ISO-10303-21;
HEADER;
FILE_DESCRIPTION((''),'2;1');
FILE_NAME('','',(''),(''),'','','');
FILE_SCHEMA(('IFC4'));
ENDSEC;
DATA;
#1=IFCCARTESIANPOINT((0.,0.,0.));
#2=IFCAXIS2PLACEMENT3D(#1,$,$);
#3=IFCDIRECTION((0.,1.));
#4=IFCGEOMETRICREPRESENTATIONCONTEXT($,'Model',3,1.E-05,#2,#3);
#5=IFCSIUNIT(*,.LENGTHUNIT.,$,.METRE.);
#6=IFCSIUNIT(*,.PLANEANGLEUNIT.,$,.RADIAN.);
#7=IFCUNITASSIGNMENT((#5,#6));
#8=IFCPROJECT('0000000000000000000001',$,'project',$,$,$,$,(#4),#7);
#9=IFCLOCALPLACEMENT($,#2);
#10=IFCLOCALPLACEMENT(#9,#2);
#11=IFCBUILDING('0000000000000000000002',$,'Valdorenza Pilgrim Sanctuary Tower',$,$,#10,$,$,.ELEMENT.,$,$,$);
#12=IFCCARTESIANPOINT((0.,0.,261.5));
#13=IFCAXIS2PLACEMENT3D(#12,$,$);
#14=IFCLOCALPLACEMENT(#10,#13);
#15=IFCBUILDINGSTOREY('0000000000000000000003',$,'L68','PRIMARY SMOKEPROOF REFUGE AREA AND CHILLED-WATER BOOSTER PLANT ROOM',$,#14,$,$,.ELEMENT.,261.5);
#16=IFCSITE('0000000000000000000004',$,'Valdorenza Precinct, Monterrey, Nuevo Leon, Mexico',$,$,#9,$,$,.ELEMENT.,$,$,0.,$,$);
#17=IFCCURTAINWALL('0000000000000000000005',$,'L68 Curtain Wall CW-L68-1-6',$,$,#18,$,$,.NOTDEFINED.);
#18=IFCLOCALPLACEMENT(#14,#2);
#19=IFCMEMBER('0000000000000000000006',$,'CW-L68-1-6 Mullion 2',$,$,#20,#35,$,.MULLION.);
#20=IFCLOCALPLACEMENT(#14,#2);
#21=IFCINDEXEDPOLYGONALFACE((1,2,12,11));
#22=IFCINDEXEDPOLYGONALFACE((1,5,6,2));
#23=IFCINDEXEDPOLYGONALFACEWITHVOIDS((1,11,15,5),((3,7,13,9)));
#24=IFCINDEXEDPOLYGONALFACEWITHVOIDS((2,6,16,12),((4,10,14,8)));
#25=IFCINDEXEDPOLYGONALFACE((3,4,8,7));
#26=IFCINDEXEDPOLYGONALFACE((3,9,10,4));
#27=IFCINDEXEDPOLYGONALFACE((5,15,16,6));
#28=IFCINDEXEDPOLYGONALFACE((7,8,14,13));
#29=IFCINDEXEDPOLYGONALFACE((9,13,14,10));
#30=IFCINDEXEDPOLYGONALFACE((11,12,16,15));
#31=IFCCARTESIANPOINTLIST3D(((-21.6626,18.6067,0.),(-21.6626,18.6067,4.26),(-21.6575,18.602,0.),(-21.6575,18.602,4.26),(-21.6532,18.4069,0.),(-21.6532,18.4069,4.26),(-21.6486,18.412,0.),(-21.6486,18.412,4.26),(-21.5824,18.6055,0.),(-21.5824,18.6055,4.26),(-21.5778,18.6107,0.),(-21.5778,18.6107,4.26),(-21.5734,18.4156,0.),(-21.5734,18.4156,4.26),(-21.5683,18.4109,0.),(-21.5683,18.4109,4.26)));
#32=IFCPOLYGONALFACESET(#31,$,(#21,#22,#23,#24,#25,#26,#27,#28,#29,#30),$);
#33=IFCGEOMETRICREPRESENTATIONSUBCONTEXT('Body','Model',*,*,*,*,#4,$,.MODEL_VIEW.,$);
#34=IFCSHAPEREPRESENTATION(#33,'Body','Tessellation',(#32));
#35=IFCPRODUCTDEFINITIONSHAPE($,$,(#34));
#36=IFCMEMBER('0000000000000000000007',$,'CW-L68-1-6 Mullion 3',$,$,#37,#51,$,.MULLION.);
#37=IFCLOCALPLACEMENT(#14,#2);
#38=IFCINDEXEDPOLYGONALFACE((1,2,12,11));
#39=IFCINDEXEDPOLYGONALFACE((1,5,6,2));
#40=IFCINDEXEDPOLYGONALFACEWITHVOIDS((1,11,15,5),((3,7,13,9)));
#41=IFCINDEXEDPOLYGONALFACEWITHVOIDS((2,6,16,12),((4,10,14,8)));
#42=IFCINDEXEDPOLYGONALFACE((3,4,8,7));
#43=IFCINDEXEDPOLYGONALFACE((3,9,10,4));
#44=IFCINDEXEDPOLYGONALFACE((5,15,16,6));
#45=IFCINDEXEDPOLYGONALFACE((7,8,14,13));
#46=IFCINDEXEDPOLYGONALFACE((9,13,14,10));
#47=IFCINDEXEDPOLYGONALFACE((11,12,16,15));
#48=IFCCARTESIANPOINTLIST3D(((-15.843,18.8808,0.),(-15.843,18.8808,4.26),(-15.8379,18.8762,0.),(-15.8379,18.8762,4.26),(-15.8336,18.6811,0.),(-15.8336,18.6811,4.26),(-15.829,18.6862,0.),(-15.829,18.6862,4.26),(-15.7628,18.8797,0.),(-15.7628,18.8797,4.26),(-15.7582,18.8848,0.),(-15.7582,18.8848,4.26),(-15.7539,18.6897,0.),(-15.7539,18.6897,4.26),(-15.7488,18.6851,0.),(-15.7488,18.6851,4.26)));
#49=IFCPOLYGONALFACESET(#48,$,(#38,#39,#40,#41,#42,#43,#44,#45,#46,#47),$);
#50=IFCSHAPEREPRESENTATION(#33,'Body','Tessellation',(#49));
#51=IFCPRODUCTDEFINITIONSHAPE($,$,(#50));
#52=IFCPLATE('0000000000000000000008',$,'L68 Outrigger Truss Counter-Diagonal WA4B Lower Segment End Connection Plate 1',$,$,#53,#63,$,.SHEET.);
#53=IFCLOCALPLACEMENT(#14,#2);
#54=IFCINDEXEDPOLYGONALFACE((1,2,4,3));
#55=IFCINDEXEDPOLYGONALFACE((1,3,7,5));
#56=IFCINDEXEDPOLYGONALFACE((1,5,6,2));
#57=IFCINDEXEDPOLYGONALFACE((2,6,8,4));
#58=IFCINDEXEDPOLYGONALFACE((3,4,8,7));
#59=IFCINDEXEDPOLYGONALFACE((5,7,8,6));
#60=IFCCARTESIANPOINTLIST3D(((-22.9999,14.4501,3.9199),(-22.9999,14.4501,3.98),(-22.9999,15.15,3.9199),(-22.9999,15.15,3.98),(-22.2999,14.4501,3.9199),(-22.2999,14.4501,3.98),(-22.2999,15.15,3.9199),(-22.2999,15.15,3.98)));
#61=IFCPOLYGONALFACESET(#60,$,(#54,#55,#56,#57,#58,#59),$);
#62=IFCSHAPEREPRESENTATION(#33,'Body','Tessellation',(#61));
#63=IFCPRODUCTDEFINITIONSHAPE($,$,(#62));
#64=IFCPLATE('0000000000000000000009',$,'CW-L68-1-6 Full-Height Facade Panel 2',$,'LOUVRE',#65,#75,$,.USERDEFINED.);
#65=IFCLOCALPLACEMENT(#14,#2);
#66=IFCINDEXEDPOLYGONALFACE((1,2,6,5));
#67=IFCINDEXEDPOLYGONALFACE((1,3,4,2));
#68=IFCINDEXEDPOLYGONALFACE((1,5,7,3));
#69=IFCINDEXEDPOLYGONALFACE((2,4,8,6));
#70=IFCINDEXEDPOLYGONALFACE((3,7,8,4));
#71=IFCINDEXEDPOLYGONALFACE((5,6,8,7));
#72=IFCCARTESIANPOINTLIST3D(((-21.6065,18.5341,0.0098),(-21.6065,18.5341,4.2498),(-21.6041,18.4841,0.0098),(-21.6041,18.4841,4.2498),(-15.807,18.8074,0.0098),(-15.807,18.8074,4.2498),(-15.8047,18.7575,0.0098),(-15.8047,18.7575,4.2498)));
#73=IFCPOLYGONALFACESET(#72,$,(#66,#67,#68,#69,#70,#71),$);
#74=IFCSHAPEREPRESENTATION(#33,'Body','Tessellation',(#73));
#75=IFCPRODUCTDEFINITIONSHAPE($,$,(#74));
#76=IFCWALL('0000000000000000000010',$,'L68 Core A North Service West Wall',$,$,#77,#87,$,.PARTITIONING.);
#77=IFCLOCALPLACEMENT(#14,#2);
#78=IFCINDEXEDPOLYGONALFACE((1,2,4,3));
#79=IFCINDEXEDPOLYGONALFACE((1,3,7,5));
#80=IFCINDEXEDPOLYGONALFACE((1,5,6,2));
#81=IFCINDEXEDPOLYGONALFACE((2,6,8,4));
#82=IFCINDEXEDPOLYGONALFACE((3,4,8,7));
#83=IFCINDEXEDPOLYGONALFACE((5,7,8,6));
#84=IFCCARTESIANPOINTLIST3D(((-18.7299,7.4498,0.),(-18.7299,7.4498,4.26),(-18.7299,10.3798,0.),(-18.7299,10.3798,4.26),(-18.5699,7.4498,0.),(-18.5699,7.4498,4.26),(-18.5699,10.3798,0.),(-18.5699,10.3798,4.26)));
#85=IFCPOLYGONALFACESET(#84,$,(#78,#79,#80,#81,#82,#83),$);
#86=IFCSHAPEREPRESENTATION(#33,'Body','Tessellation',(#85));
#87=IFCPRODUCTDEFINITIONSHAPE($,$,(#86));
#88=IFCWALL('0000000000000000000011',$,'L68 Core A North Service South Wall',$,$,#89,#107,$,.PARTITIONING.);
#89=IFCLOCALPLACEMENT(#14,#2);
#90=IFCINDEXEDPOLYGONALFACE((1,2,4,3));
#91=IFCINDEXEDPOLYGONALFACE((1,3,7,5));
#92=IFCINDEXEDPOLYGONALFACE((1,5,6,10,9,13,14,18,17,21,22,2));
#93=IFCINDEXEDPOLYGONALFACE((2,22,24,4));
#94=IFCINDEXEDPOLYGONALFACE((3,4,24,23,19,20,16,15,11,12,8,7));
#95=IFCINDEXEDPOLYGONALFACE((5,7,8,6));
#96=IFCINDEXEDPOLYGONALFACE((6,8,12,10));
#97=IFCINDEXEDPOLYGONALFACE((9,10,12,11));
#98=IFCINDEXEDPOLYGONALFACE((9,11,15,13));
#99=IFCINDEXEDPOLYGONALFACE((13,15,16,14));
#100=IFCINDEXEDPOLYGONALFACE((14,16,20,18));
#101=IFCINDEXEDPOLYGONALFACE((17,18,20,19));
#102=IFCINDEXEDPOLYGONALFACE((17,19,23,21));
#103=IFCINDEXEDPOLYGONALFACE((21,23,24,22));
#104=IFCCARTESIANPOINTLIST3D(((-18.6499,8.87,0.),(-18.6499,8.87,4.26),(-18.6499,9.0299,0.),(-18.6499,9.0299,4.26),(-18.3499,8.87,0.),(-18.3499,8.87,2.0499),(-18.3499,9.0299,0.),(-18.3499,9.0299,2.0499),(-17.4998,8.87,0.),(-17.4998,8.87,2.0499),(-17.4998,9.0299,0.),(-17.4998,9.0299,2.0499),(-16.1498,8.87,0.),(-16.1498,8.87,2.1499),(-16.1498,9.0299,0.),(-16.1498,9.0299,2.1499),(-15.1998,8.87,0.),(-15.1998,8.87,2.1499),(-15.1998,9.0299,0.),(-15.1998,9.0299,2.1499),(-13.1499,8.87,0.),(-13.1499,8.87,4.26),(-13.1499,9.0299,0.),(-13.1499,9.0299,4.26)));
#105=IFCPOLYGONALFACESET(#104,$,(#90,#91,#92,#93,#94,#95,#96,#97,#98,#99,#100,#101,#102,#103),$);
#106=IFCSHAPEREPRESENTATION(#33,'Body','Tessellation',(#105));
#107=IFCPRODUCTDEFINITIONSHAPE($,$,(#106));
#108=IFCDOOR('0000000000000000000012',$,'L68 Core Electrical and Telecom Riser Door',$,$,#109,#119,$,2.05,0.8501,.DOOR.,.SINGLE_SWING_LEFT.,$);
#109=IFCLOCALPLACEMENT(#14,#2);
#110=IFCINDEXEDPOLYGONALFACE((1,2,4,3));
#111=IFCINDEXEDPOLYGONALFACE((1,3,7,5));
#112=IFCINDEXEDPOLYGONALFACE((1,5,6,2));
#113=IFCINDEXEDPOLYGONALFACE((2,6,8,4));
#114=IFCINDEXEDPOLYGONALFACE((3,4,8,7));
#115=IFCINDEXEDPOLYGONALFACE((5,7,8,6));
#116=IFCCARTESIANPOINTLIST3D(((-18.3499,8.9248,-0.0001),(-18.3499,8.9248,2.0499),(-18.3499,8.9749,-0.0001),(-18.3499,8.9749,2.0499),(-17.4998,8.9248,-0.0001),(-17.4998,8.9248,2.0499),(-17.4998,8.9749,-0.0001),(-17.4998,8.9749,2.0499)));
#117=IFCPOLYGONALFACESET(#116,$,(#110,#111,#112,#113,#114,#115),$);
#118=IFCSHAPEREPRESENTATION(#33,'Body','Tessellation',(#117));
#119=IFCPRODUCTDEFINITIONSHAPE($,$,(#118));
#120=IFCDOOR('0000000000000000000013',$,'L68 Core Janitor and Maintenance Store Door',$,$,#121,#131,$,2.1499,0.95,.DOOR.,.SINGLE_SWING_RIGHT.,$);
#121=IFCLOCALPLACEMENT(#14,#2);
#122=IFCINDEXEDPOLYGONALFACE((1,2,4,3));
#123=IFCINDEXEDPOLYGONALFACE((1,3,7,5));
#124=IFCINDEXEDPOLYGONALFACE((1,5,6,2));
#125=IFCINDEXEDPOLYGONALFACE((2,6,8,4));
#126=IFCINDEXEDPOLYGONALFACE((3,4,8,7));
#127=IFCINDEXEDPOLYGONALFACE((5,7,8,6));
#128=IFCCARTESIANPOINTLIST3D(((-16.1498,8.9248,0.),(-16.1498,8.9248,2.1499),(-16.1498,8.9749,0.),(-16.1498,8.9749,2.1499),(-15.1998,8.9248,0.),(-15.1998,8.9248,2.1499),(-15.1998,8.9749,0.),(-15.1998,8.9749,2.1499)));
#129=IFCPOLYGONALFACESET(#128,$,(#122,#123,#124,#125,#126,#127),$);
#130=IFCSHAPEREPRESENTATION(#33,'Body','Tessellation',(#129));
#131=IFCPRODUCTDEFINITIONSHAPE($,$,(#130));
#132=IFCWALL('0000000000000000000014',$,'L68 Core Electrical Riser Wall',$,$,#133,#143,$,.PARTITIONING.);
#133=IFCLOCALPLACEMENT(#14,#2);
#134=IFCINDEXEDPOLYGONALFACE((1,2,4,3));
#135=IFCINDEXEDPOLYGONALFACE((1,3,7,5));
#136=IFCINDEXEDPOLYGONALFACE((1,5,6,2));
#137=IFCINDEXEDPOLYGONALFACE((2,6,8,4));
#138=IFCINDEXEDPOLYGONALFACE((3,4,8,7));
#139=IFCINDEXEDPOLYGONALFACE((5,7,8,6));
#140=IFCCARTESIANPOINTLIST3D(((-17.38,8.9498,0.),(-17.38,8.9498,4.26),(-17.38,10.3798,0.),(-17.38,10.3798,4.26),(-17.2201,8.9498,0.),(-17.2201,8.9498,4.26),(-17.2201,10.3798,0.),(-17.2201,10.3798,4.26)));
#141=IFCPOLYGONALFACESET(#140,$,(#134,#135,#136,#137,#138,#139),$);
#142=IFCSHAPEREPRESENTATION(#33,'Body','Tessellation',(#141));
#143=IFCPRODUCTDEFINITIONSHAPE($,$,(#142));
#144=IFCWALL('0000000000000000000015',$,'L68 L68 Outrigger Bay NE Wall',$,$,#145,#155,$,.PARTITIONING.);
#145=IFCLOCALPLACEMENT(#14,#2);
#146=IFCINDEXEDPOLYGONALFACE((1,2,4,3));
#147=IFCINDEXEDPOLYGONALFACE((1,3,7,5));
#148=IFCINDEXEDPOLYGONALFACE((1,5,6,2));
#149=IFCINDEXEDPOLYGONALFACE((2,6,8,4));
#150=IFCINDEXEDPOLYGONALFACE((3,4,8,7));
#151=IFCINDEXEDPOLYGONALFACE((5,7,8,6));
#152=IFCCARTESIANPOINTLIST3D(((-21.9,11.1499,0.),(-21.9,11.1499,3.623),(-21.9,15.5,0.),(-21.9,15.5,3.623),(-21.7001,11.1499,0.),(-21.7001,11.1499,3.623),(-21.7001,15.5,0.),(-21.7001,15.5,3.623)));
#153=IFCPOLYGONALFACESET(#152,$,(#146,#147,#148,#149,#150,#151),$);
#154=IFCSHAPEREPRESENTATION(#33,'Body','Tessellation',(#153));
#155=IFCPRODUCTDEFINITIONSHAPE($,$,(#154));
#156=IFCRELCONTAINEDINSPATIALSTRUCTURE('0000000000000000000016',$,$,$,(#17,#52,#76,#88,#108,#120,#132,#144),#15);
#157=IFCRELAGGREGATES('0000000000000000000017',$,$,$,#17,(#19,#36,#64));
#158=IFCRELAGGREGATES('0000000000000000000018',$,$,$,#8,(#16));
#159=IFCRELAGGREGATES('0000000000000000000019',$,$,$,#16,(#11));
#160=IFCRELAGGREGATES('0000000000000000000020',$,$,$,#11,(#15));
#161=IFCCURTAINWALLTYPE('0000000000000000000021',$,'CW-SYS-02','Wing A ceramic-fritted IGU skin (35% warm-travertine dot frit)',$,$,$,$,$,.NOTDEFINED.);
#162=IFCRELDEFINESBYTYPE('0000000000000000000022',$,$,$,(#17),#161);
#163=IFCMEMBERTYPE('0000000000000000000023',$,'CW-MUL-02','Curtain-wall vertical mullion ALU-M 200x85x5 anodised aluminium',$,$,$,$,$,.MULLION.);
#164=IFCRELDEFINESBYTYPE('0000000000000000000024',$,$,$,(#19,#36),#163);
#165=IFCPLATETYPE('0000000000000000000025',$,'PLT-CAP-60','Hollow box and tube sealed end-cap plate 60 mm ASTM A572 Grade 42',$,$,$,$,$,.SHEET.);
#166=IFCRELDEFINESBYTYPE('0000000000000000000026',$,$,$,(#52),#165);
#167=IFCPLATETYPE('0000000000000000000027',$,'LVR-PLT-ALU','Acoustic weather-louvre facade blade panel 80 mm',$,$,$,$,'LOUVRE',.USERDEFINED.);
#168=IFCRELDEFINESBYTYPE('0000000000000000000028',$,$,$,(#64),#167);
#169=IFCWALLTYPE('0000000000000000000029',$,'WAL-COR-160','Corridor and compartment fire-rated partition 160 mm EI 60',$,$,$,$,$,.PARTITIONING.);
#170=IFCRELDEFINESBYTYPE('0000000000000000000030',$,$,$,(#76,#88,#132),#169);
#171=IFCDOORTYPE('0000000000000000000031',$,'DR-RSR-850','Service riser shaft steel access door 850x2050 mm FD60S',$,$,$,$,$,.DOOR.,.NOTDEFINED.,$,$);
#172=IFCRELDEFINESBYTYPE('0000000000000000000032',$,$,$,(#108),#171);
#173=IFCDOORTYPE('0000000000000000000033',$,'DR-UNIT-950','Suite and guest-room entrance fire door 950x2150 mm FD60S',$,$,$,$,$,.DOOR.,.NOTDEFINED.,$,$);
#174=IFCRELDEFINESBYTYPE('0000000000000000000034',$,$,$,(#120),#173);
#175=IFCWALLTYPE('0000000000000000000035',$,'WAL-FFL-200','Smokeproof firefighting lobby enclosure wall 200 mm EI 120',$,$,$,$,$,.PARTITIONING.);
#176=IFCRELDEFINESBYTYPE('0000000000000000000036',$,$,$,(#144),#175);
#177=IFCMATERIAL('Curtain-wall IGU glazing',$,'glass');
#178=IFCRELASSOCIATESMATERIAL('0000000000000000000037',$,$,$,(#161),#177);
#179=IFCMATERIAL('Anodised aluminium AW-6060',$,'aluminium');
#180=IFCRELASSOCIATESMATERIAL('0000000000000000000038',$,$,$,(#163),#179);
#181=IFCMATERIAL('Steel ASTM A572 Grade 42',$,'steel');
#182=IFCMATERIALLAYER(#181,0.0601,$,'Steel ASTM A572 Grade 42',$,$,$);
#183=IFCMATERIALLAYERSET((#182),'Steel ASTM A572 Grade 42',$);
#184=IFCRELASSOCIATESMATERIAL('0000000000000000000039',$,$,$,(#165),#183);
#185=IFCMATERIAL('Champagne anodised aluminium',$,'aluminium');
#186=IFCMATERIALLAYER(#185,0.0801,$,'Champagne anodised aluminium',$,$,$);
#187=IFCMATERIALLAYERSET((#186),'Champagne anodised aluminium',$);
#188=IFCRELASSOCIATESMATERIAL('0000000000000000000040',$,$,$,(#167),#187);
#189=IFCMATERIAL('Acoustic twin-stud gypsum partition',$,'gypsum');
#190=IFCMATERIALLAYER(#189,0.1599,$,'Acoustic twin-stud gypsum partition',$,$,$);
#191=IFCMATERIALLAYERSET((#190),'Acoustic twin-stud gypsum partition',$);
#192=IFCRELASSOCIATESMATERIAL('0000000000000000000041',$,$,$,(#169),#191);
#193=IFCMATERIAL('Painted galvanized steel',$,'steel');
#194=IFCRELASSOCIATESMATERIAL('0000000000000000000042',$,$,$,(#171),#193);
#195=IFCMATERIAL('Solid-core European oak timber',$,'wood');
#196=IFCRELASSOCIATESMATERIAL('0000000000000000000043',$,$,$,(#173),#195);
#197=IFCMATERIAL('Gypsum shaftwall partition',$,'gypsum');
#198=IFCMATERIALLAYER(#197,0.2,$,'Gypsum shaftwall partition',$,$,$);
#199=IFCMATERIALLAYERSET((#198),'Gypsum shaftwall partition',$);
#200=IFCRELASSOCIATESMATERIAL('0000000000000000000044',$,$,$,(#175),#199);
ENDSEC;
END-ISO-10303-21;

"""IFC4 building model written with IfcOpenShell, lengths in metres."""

from ifc_helpers import new_model, si_unit, direction, frame, frame_2d, origin, origin_2d, place, context, subcontext, project, spatial, rectangle, hollow_rectangle, extrude, source, transform, mapped, material, layer, layer_set, material_profile, profile_set, type_object, element, fill, aggregate, save


model = new_model("IFC4")

# Units and contexts
model_context = context("Model", 3, precision=1e-05, world=origin(), true_north=direction((0.0, 1.0)))
body_context = subcontext(model_context, "Body", "Model", "MODEL_VIEW")
ifc_project = project(units=[si_unit("LENGTHUNIT", "METRE"), si_unit("PLANEANGLEUNIT", "RADIAN")], contexts=[model_context])

# Site, building, storey
site_placement = place(None, origin())
site = spatial("IfcSite", under=ifc_project, at=site_placement, Name="Valdorenza Precinct, Monterrey, Nuevo Leon, Mexico", CompositionType="ELEMENT", RefElevation=0.0)
building_placement = place(site_placement, origin())
building = spatial("IfcBuilding", under=site, at=building_placement, Name="Valdorenza Pilgrim Sanctuary Tower", CompositionType="ELEMENT")
storey_placement = place(building_placement, frame((0.0, 0.0, 261.5)))
storey = spatial("IfcBuildingStorey", under=building, at=storey_placement, Name="L68", Description="PRIMARY SMOKEPROOF REFUGE AREA AND CHILLED-WATER BOOSTER PLANT ROOM", CompositionType="ELEMENT", Elevation=261.5)

# Curtain wall, members
ifc_material_1 = material(Name="Curtain-wall IGU glazing", Category="glass")
curtain_wall_type = type_object("IfcCurtainWallType", Name="CW-SYS-02", Description="Wing A ceramic-fritted IGU skin (35% warm-travertine dot frit)", PredefinedType="NOTDEFINED", material=ifc_material_1)
curtain_wall_placement = place(storey_placement, origin())
curtain_wall = element("IfcCurtainWall", 1, at=curtain_wall_placement, inside=storey, type_object=curtain_wall_type, Name="L68 Curtain Wall CW-L68-1-6", PredefinedType="NOTDEFINED")
ifc_material_2 = material(Name="Anodised aluminium AW-6060", Category="aluminium")
ifc_material_profile = material_profile(ifc_material_2, hollow_rectangle(XDim=0.085, YDim=0.2, WallThickness=0.0049, at=origin_2d()), Name="ALU-M 200x85x5")
ifc_profile_set = profile_set([ifc_material_profile], Name="Anodised aluminium AW-6060")
member_type = type_object("IfcMemberType", Name="CW-MUL-02", Description="Curtain-wall vertical mullion ALU-M 200x85x5 anodised aluminium", PredefinedType="MULLION", material=ifc_profile_set)
shared_shape_1 = source(origin(), body_context, "Body", "SweptSolid", [
    extrude(hollow_rectangle(XDim=0.085, YDim=0.2, WallThickness=0.0049, at=origin_2d()), origin(), (0.0, 0.0, 1.0), 4.26),
])
member_1_placement = place(storey_placement, frame((-21.6155, 18.5088, 0.0), z_axis=(0.0, 0.0, 1.0), x_axis=(0.998891, 0.047089, 0.0)))
member_1 = element("IfcMember", 2, at=member_1_placement, type_object=member_type, Name="CW-L68-1-6 Mullion 2", PredefinedType="MULLION", context=body_context, shape_type="MappedRepresentation", body=[
    mapped(shared_shape_1, transform((0.0, 0.0, 0.0), x_axis=(1.0, 0.0, 0.0), y_axis=(0.0, 1.0, 0.0), z_axis=(0.0, 0.0, 1.0), scale=1.0)),
])
member_2_placement = place(storey_placement, frame((-15.7959, 18.783, 0.0), z_axis=(0.0, 0.0, 1.0), x_axis=(0.998891, 0.047089, 0.0)))
member_2 = element("IfcMember", 3, at=member_2_placement, type_object=member_type, Name="CW-L68-1-6 Mullion 3", PredefinedType="MULLION", context=body_context, shape_type="MappedRepresentation", body=[
    mapped(shared_shape_1, transform((0.0, 0.0, 0.0), x_axis=(1.0, 0.0, 0.0), y_axis=(0.0, 1.0, 0.0), z_axis=(0.0, 0.0, 1.0), scale=1.0)),
])

# Plates
ifc_material_3 = material(Name="Steel ASTM A572 Grade 42", Category="steel")
ifc_layer_1 = layer(ifc_material_3, 0.0601, Name="Steel ASTM A572 Grade 42")
ifc_layer_set_1 = layer_set([ifc_layer_1], Name="Steel ASTM A572 Grade 42")
plate_type_1 = type_object("IfcPlateType", Name="PLT-CAP-60", Description="Hollow box and tube sealed end-cap plate 60 mm ASTM A572 Grade 42", PredefinedType="SHEET", material=ifc_layer_set_1)
shared_shape_2 = source(origin(), body_context, "Body", "SweptSolid", [
    extrude(rectangle(XDim=0.7, YDim=0.7, at=origin_2d()), origin(), (0.0, 0.0, 1.0), 0.0601),
])
plate_1_placement = place(storey_placement, frame((-22.6499, 14.8, 3.9199), z_axis=(0.0, 0.0, 1.0), x_axis=(1.0, 0.0, 0.0)))
element("IfcPlate", 4, at=plate_1_placement, inside=storey, type_object=plate_type_1, Name="L68 Outrigger Truss Counter-Diagonal WA4B Lower Segment End Connection Plate 1", PredefinedType="SHEET", context=body_context, shape_type="MappedRepresentation", body=[
    mapped(shared_shape_2, transform((0.0, 0.0, 0.0), x_axis=(1.0, 0.0, 0.0), y_axis=(0.0, 1.0, 0.0), z_axis=(0.0, 0.0, 1.0), scale=1.0)),
])
ifc_material_4 = material(Name="Champagne anodised aluminium", Category="aluminium")
ifc_layer_2 = layer(ifc_material_4, 0.0801, Name="Champagne anodised aluminium")
ifc_layer_set_2 = layer_set([ifc_layer_2], Name="Champagne anodised aluminium")
plate_type_2 = type_object("IfcPlateType", Name="LVR-PLT-ALU", Description="Acoustic weather-louvre facade blade panel 80 mm", ElementType="LOUVRE", PredefinedType="USERDEFINED", material=ifc_layer_set_2)
shared_shape_3 = source(origin(), body_context, "Body", "SweptSolid", [
    extrude(rectangle(XDim=5.8059, YDim=0.05, at=origin_2d()), origin(), (0.0, 0.0, 1.0), 4.24),
])
plate_2_placement = place(storey_placement, frame((-18.7056, 18.6458, 0.0098), z_axis=(0.0, 0.0, 1.0), x_axis=(0.998891, 0.047089, 0.0)))
plate_2 = element("IfcPlate", 5, at=plate_2_placement, type_object=plate_type_2, Name="CW-L68-1-6 Full-Height Facade Panel 2", ObjectType="LOUVRE", PredefinedType="USERDEFINED", context=body_context, shape_type="MappedRepresentation", body=[
    mapped(shared_shape_3, transform((0.0, 0.0, 0.0), x_axis=(1.0, 0.0, 0.0), y_axis=(0.0, 1.0, 0.0), z_axis=(0.0, 0.0, 1.0), scale=1.0)),
])
aggregate(curtain_wall, [member_1, member_2, plate_2])

# Wall
ifc_material_5 = material(Name="Acoustic twin-stud gypsum partition", Category="gypsum")
ifc_layer_3 = layer(ifc_material_5, 0.1599, Name="Acoustic twin-stud gypsum partition")
ifc_layer_set_3 = layer_set([ifc_layer_3], Name="Acoustic twin-stud gypsum partition")
wall_type_1 = type_object("IfcWallType", Name="WAL-COR-160", Description="Corridor and compartment fire-rated partition 160 mm EI 60", PredefinedType="PARTITIONING", material=ifc_layer_set_3)
wall_1_placement = place(storey_placement, frame((-18.6499, 7.45, 0.0), z_axis=(0.0, 0.0, 1.0), x_axis=(0.0, 1.0, 0.0)))
element("IfcWall", 6, at=wall_1_placement, inside=storey, type_object=wall_type_1, Name="L68 Core A North Service West Wall", PredefinedType="PARTITIONING", context=body_context, shape_type="SweptSolid", body=[
    extrude(rectangle(XDim=2.9299, YDim=0.1599, at=frame_2d((1.4648, 0.0))), origin(), (0.0, 0.0, 1.0), 4.26),
])

# Wall, openings, doors
wall_2_placement = place(storey_placement, frame((-18.6499, 8.95, 0.0), z_axis=(0.0, 0.0, 1.0), x_axis=(1.0, 0.0, 0.0)))
wall_2 = element("IfcWall", 7, at=wall_2_placement, inside=storey, type_object=wall_type_1, Name="L68 Core A North Service South Wall", PredefinedType="PARTITIONING", context=body_context, shape_type="SweptSolid", body=[
    extrude(rectangle(XDim=5.5, YDim=0.1599, at=frame_2d((2.75, 0.0))), origin(), (0.0, 0.0, 1.0), 4.26),
])
opening_1_placement = place(wall_2_placement, frame((0.3, 0.0, 0.0)))
opening_1 = element("IfcOpeningElement", 8, at=opening_1_placement, cuts=wall_2, PredefinedType="OPENING", context=body_context, shape_type="SweptSolid", body=[
    extrude(rectangle(XDim=0.8501, YDim=2.05, at=frame_2d((0.425, 1.0249))), frame((0.0, 0.0947, 0.0), z_axis=(0.0, -1.0, 0.0), x_axis=(1.0, 0.0, 0.0)), (0.0, 0.0, 1.0), 0.1897),
])
opening_2_placement = place(wall_2_placement, frame((2.5, 0.0, 0.0)))
opening_2 = element("IfcOpeningElement", 9, at=opening_2_placement, cuts=wall_2, PredefinedType="OPENING", context=body_context, shape_type="SweptSolid", body=[
    extrude(rectangle(XDim=0.95, YDim=2.1499, at=frame_2d((0.4751, 1.075))), frame((0.0, 0.0947, 0.0), z_axis=(0.0, -1.0, 0.0), x_axis=(1.0, 0.0, 0.0)), (0.0, 0.0, 1.0), 0.1897),
])
ifc_material_6 = material(Name="Painted galvanized steel", Category="steel")
door_type_1 = type_object("IfcDoorType", Name="DR-RSR-850", Description="Service riser shaft steel access door 850x2050 mm FD60S", OperationType="NOTDEFINED", PredefinedType="DOOR", material=ifc_material_6)
door_1_placement = place(opening_1_placement, origin())
door_1 = element("IfcDoor", 10, at=door_1_placement, inside=storey, type_object=door_type_1, Name="L68 Core Electrical and Telecom Riser Door", OperationType="SINGLE_SWING_LEFT", OverallHeight=2.05, OverallWidth=0.8501, PredefinedType="DOOR", context=body_context, shape_type="SweptSolid", body=[
    extrude(rectangle(XDim=0.8501, YDim=2.05, at=frame_2d((0.425, 1.0249))), frame((0.0, 0.0249, 0.0), z_axis=(0.0, -1.0, 0.0), x_axis=(1.0, 0.0, 0.0)), (0.0, 0.0, 1.0), 0.05),
])
fill(opening_1, door_1)
ifc_material_7 = material(Name="Solid-core European oak timber", Category="wood")
door_type_2 = type_object("IfcDoorType", Name="DR-UNIT-950", Description="Suite and guest-room entrance fire door 950x2150 mm FD60S", OperationType="NOTDEFINED", PredefinedType="DOOR", material=ifc_material_7)
door_2_placement = place(opening_2_placement, origin())
door_2 = element("IfcDoor", 11, at=door_2_placement, inside=storey, type_object=door_type_2, Name="L68 Core Janitor and Maintenance Store Door", OperationType="SINGLE_SWING_RIGHT", OverallHeight=2.1499, OverallWidth=0.95, PredefinedType="DOOR", context=body_context, shape_type="SweptSolid", body=[
    extrude(rectangle(XDim=0.95, YDim=2.1499, at=frame_2d((0.4751, 1.075))), frame((0.0, 0.0249, 0.0), z_axis=(0.0, -1.0, 0.0), x_axis=(1.0, 0.0, 0.0)), (0.0, 0.0, 1.0), 0.05),
])
fill(opening_2, door_2)

# Walls
wall_3_placement = place(storey_placement, frame((-17.3, 8.95, 0.0), z_axis=(0.0, 0.0, 1.0), x_axis=(0.0, 1.0, 0.0)))
element("IfcWall", 12, at=wall_3_placement, inside=storey, type_object=wall_type_1, Name="L68 Core Electrical Riser Wall", PredefinedType="PARTITIONING", context=body_context, shape_type="SweptSolid", body=[
    extrude(rectangle(XDim=1.4299, YDim=0.1599, at=frame_2d((0.7148, 0.0))), origin(), (0.0, 0.0, 1.0), 4.26),
])
ifc_material_8 = material(Name="Gypsum shaftwall partition", Category="gypsum")
ifc_layer_4 = layer(ifc_material_8, 0.2, Name="Gypsum shaftwall partition")
ifc_layer_set_4 = layer_set([ifc_layer_4], Name="Gypsum shaftwall partition")
wall_type_2 = type_object("IfcWallType", Name="WAL-FFL-200", Description="Smokeproof firefighting lobby enclosure wall 200 mm EI 120", PredefinedType="PARTITIONING", material=ifc_layer_set_4)
wall_4_placement = place(storey_placement, frame((-21.8, 11.1499, 0.0), z_axis=(0.0, 0.0, 1.0), x_axis=(0.0, 1.0, 0.0)))
element("IfcWall", 13, at=wall_4_placement, inside=storey, type_object=wall_type_2, Name="L68 L68 Outrigger Bay NE Wall", PredefinedType="PARTITIONING", context=body_context, shape_type="SweptSolid", body=[
    extrude(rectangle(XDim=4.3501, YDim=0.2, at=frame_2d((2.175, 0.0))), origin(), (0.0, 0.0, 1.0), 3.623),
])

save(model, "model.ifc")
